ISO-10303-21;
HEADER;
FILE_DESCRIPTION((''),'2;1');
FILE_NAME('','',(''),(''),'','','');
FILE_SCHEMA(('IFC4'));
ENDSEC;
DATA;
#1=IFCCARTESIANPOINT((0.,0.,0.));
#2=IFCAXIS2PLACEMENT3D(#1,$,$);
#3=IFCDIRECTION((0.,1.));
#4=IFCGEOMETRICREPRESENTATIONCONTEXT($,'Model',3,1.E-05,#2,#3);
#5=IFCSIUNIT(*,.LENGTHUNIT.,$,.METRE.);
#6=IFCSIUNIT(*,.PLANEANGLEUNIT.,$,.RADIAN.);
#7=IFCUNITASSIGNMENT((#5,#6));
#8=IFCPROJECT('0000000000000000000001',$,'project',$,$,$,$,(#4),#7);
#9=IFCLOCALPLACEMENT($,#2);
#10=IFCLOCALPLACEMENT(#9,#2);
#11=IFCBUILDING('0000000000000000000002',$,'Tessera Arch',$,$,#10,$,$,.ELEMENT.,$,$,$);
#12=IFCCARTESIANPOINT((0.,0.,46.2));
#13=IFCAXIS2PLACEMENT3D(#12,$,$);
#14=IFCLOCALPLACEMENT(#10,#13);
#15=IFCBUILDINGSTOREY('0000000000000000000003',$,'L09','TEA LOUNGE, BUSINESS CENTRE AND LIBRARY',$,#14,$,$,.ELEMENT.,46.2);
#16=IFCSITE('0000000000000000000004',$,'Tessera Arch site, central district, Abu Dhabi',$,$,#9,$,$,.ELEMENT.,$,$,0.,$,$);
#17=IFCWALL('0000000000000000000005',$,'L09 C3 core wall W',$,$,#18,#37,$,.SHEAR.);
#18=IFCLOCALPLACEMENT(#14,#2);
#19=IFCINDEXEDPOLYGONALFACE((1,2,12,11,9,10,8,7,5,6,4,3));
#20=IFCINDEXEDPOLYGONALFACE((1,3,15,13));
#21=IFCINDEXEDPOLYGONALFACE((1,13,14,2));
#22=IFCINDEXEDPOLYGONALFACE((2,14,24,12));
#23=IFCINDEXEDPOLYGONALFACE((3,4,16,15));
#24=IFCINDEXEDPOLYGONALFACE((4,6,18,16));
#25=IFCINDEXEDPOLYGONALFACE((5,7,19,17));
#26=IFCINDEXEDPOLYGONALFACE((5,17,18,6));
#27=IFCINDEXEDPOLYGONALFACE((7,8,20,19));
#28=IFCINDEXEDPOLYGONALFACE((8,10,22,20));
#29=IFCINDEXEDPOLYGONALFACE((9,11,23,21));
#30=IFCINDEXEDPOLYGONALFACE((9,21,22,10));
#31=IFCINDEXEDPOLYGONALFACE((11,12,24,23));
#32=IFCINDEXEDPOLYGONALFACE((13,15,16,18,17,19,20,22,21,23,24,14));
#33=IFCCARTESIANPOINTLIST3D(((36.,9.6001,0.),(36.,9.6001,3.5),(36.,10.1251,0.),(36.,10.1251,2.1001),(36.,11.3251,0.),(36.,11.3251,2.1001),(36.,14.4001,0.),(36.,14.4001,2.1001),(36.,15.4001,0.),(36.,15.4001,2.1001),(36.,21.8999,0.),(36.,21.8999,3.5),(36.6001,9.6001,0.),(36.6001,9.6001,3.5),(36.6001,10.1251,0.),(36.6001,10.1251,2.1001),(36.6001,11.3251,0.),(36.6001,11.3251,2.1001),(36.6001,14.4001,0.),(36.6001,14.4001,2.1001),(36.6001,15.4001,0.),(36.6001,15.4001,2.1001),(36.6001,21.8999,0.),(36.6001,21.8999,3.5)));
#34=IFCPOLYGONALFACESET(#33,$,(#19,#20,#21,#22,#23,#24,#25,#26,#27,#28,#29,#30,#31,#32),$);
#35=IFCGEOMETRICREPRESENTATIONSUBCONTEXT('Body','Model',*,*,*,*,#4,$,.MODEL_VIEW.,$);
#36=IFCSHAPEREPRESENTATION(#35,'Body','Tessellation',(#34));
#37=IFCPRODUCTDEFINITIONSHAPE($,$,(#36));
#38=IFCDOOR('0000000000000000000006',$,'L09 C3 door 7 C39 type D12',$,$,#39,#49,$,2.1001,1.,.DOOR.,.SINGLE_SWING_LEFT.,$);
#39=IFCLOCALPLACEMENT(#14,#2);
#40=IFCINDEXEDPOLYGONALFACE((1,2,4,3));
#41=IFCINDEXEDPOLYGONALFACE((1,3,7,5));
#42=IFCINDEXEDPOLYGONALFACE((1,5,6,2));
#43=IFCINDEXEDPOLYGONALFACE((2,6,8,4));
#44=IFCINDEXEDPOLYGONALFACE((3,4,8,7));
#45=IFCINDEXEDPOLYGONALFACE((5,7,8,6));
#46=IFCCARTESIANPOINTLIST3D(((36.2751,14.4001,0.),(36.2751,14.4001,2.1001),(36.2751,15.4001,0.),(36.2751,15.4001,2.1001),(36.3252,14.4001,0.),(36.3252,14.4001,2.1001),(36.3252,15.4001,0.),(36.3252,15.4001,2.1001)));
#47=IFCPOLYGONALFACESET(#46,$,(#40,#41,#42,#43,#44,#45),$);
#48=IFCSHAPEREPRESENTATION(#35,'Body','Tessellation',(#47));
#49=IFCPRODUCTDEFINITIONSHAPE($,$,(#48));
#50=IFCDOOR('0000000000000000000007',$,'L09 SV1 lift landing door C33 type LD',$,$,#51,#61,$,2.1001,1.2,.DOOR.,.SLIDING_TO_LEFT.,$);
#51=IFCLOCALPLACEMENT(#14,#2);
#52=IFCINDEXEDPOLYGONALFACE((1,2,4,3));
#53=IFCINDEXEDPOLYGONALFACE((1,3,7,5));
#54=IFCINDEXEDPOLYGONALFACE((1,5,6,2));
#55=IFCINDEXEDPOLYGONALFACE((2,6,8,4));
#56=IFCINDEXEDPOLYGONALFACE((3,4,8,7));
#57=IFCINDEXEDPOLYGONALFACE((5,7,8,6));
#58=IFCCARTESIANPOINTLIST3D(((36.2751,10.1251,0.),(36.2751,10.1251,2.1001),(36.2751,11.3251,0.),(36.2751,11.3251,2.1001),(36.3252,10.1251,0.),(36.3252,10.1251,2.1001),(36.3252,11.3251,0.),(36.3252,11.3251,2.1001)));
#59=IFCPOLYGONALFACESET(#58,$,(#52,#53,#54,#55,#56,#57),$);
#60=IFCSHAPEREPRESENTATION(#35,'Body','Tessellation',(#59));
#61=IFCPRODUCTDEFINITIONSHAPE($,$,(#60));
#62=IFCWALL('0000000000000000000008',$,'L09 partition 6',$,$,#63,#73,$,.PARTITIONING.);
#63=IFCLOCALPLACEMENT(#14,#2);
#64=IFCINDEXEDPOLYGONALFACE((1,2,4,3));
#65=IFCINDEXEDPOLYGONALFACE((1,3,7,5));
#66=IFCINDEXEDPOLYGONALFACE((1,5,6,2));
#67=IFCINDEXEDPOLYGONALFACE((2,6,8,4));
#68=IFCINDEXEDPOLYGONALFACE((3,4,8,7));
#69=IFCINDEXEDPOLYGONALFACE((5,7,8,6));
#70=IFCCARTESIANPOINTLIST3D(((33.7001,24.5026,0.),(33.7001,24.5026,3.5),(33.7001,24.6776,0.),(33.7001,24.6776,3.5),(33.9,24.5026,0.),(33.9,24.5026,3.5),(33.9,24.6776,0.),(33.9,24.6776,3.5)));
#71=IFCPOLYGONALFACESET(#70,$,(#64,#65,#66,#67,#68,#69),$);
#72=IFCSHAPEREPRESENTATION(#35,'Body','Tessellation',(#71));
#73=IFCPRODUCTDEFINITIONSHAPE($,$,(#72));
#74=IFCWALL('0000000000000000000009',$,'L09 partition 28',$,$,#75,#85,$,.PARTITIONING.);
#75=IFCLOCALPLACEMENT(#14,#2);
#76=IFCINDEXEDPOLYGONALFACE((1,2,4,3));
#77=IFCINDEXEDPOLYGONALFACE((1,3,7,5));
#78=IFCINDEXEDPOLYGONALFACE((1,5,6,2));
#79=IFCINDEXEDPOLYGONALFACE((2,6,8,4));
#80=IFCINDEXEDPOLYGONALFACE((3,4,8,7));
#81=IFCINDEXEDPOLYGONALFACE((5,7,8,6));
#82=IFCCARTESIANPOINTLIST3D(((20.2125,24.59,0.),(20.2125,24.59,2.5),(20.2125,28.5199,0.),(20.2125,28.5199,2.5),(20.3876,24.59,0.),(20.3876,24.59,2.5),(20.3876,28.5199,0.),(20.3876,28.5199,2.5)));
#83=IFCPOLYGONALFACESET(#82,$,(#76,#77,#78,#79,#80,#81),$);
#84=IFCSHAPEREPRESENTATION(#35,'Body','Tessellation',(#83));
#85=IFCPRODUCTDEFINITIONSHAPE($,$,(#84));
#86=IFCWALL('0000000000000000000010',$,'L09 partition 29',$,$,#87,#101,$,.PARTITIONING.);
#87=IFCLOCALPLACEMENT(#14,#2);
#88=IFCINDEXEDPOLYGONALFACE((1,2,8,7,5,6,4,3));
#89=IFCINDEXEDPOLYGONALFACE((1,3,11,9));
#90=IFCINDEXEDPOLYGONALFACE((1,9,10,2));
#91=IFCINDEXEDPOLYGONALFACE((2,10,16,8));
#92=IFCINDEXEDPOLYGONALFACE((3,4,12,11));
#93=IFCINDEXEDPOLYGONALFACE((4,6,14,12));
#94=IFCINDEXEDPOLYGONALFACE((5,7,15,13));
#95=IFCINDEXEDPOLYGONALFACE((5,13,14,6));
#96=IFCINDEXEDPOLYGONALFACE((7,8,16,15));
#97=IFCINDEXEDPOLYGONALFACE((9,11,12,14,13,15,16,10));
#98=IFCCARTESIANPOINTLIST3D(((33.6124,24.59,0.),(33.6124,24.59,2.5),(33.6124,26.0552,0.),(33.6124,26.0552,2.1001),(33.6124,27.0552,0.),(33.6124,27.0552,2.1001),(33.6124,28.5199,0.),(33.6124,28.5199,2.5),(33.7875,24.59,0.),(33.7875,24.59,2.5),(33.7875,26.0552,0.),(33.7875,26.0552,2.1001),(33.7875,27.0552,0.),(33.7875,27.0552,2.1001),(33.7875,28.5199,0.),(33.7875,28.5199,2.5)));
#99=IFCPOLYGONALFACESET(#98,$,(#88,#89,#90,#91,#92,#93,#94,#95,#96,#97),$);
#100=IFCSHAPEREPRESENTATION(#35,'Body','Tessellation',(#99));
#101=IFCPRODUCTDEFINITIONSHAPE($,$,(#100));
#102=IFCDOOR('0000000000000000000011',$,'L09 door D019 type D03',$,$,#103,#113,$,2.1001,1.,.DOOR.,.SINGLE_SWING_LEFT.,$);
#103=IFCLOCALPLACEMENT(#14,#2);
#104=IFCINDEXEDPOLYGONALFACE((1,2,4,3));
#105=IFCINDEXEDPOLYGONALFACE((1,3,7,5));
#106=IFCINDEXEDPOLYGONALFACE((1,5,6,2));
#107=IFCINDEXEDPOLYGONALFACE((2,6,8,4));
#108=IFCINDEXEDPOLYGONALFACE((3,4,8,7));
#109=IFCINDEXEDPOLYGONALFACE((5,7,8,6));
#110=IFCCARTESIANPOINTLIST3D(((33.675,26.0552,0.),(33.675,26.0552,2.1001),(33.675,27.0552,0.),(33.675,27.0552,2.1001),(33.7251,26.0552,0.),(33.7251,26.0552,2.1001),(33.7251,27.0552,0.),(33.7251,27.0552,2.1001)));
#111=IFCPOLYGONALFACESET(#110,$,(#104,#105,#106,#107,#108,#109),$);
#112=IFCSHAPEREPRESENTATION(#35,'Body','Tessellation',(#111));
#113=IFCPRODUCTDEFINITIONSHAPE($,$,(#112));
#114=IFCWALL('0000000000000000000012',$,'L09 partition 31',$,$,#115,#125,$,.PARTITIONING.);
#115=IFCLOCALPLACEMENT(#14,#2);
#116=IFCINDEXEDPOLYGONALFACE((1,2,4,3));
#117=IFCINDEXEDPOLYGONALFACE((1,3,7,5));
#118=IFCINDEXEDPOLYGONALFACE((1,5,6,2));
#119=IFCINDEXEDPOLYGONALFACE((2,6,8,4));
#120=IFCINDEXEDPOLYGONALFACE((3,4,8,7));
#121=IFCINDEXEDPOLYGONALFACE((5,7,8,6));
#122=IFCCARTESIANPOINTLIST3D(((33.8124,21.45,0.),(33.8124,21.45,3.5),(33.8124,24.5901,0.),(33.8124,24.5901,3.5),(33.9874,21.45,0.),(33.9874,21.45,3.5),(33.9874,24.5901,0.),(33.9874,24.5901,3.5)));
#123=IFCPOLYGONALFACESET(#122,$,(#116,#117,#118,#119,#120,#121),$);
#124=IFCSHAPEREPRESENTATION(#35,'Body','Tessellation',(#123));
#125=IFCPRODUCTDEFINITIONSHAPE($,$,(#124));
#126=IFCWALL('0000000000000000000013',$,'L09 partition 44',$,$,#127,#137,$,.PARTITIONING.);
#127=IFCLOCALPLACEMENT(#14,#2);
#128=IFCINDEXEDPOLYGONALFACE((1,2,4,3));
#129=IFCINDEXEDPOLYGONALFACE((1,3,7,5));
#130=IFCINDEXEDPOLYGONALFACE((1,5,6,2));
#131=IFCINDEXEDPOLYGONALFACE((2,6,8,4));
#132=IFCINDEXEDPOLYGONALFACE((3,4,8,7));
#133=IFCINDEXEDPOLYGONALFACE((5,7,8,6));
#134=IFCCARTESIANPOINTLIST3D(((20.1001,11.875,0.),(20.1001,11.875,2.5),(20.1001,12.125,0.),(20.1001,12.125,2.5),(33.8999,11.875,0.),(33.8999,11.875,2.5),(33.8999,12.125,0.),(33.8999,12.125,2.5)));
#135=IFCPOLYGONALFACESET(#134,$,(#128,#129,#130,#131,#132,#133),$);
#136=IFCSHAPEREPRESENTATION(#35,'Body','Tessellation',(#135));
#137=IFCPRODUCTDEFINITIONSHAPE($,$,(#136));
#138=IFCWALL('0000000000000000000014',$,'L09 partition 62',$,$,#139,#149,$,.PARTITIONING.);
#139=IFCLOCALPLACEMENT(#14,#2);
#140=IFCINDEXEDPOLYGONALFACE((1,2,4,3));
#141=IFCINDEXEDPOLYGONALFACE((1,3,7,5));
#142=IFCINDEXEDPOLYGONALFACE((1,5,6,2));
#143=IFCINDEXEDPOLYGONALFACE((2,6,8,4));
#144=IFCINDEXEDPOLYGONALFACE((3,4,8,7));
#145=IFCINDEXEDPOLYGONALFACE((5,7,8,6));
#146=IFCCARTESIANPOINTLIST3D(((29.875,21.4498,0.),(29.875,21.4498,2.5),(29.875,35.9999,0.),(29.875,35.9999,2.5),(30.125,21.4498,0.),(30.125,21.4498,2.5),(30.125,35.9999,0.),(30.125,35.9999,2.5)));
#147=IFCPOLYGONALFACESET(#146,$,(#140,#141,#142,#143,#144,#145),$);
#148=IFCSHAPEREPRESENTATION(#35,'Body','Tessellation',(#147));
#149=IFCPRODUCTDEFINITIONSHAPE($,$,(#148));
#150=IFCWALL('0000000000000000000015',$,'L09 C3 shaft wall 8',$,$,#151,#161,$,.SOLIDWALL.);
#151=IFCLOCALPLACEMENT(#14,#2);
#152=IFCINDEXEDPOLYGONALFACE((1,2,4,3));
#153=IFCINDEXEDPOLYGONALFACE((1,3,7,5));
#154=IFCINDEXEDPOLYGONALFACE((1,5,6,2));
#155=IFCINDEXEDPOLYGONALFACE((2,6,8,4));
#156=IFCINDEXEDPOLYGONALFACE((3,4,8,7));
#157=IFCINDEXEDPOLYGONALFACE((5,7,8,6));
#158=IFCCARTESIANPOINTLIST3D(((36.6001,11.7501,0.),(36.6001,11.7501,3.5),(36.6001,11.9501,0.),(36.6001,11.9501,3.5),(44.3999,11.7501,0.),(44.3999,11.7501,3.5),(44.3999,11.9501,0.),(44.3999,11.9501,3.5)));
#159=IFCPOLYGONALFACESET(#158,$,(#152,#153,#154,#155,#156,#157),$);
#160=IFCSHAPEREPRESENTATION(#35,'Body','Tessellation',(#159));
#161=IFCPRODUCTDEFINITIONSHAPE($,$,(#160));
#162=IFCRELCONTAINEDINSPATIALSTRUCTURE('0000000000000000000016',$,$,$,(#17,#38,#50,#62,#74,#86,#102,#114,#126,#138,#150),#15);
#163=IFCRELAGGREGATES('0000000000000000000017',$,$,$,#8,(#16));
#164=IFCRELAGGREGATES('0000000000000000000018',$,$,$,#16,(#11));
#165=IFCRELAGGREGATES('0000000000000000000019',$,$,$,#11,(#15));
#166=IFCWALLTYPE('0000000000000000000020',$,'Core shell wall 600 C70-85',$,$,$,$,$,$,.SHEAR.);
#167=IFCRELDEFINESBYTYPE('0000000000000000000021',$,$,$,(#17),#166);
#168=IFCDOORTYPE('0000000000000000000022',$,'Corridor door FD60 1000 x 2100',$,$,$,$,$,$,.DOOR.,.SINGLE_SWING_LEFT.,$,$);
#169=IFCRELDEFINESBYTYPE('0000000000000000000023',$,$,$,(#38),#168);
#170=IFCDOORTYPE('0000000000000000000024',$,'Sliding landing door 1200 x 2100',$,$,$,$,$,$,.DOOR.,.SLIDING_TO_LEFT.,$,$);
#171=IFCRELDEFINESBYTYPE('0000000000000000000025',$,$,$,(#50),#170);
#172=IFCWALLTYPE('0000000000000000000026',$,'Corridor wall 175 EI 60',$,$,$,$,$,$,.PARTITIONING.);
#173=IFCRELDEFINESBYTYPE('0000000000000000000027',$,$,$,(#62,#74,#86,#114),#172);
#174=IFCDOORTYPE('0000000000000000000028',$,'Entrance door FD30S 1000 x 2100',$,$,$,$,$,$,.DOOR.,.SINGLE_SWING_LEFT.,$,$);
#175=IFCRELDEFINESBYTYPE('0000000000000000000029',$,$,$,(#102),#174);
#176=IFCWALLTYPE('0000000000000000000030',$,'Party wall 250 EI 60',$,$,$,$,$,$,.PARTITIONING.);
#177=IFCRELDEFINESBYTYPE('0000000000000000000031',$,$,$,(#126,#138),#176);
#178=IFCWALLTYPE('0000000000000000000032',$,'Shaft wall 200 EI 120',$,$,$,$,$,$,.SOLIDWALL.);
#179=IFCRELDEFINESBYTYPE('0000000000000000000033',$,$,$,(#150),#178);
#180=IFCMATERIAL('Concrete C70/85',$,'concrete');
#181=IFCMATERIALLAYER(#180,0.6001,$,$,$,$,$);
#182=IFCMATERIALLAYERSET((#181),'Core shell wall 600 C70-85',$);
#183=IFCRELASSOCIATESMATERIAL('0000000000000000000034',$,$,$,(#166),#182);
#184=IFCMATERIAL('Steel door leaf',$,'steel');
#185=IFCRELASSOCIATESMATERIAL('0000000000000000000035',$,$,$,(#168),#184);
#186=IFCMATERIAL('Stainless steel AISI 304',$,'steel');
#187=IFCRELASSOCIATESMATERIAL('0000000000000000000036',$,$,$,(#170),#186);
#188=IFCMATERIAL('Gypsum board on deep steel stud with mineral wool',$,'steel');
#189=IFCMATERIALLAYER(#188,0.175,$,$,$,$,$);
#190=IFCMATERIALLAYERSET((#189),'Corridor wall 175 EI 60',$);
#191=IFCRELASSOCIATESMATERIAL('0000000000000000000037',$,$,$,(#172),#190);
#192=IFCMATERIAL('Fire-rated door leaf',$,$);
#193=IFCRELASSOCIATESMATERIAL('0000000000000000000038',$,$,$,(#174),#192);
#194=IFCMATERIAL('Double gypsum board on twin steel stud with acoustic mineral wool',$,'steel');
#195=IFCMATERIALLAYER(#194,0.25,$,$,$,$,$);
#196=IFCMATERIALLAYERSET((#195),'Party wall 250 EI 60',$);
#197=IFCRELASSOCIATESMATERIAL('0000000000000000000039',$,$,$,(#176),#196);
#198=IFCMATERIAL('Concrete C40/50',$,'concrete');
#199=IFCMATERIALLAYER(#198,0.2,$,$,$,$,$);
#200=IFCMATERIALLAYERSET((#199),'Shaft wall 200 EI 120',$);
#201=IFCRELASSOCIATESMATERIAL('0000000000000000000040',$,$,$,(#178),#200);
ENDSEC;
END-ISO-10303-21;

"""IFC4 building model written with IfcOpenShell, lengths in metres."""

from ifc_helpers import new_model, si_unit, direction, frame, frame_2d, origin, place, context, subcontext, project, spatial, rectangle, extrude, material, layer, layer_set, type_object, element, fill, save


model = new_model("IFC4")

# Units and contexts
model_context = context("Model", 3, precision=1e-05, world=origin(), true_north=direction((0.0, 1.0)))
body_context = subcontext(model_context, "Body", "Model", "MODEL_VIEW")
ifc_project = project(units=[si_unit("LENGTHUNIT", "METRE"), si_unit("PLANEANGLEUNIT", "RADIAN")], contexts=[model_context])

# Site, building, storey
site_placement = place(None, origin())
site = spatial("IfcSite", under=ifc_project, at=site_placement, Name="Tessera Arch site, central district, Abu Dhabi", CompositionType="ELEMENT", RefElevation=0.0)
building_placement = place(site_placement, origin())
building = spatial("IfcBuilding", under=site, at=building_placement, Name="Tessera Arch", CompositionType="ELEMENT")
storey_placement = place(building_placement, frame((0.0, 0.0, 46.2)))
storey = spatial("IfcBuildingStorey", under=building, at=storey_placement, Name="L09", Description="TEA LOUNGE, BUSINESS CENTRE AND LIBRARY", CompositionType="ELEMENT", Elevation=46.2)

# Shared definitions
ifc_material_1 = material(Name="Concrete C70/85", Category="concrete")
ifc_layer_1 = layer(ifc_material_1, 0.6001)
ifc_layer_set_1 = layer_set([ifc_layer_1], Name="Core shell wall 600 C70-85")
wall_type_1 = type_object("IfcWallType", Name="Core shell wall 600 C70-85", PredefinedType="SHEAR", material=ifc_layer_set_1)

# Wall, openings, doors
wall_1_placement = place(storey_placement, frame((36.3, 9.6001, 0.0), z_axis=(0.0, 0.0, 1.0), x_axis=(0.0, 1.0, 0.0)))
wall_1 = element("IfcWall", 1, at=wall_1_placement, inside=storey, type_object=wall_type_1, Name="L09 C3 core wall W", PredefinedType="SHEAR", context=body_context, shape_type="SweptSolid", body=[
    extrude(rectangle(XDim=12.2998, YDim=0.6001, at=frame_2d((6.1499, 0.0))), origin(), (0.0, 0.0, 1.0), 3.5),
])
opening_1_placement = place(wall_1_placement, frame((0.5249, 0.0, 0.0)))
opening_1 = element("IfcOpeningElement", 2, at=opening_1_placement, cuts=wall_1, PredefinedType="OPENING", context=body_context, shape_type="SweptSolid", body=[
    extrude(rectangle(XDim=1.2, YDim=2.1001, at=frame_2d((0.6001, 1.05))), frame((0.0, 0.3101, 0.0), z_axis=(0.0, -1.0, 0.0), x_axis=(1.0, 0.0, 0.0)), (0.0, 0.0, 1.0), 0.6201),
])
opening_2_placement = place(wall_1_placement, frame((4.8, 0.0, 0.0)))
opening_2 = element("IfcOpeningElement", 3, at=opening_2_placement, cuts=wall_1, PredefinedType="OPENING", context=body_context, shape_type="SweptSolid", body=[
    extrude(rectangle(XDim=1.0, YDim=2.1001, at=frame_2d((0.5, 1.05))), frame((0.0, 0.3101, 0.0), z_axis=(0.0, -1.0, 0.0), x_axis=(1.0, 0.0, 0.0)), (0.0, 0.0, 1.0), 0.6201),
])
ifc_material_2 = material(Name="Steel door leaf", Category="steel")
door_type_1 = type_object("IfcDoorType", Name="Corridor door FD60 1000 x 2100", OperationType="SINGLE_SWING_LEFT", PredefinedType="DOOR", material=ifc_material_2)
door_1_placement = place(opening_2_placement, origin())
door_1 = element("IfcDoor", 4, at=door_1_placement, inside=storey, type_object=door_type_1, Name="L09 C3 door 7 C39 type D12", OperationType="SINGLE_SWING_LEFT", OverallHeight=2.1001, OverallWidth=1.0, PredefinedType="DOOR", context=body_context, shape_type="SweptSolid", body=[
    extrude(rectangle(XDim=1.0, YDim=2.1001, at=frame_2d((0.5, 1.05))), frame((0.0, 0.0249, 0.0), z_axis=(0.0, -1.0, 0.0), x_axis=(1.0, 0.0, 0.0)), (0.0, 0.0, 1.0), 0.05),
])
fill(opening_2, door_1)
ifc_material_3 = material(Name="Stainless steel AISI 304", Category="steel")
door_type_2 = type_object("IfcDoorType", Name="Sliding landing door 1200 x 2100", OperationType="SLIDING_TO_LEFT", PredefinedType="DOOR", material=ifc_material_3)
door_2_placement = place(opening_1_placement, origin())
door_2 = element("IfcDoor", 5, at=door_2_placement, inside=storey, type_object=door_type_2, Name="L09 SV1 lift landing door C33 type LD", OperationType="SLIDING_TO_LEFT", OverallHeight=2.1001, OverallWidth=1.2, PredefinedType="DOOR", context=body_context, shape_type="SweptSolid", body=[
    extrude(rectangle(XDim=1.2, YDim=2.1001, at=frame_2d((0.6001, 1.05))), frame((0.0, 0.0249, 0.0), z_axis=(0.0, -1.0, 0.0), x_axis=(1.0, 0.0, 0.0)), (0.0, 0.0, 1.0), 0.05),
])
fill(opening_1, door_2)

# Walls
ifc_material_4 = material(Name="Gypsum board on deep steel stud with mineral wool", Category="steel")
ifc_layer_2 = layer(ifc_material_4, 0.175)
ifc_layer_set_2 = layer_set([ifc_layer_2], Name="Corridor wall 175 EI 60")
wall_type_2 = type_object("IfcWallType", Name="Corridor wall 175 EI 60", PredefinedType="PARTITIONING", material=ifc_layer_set_2)
wall_2_placement = place(storey_placement, frame((33.7, 24.5901, 0.0), z_axis=(0.0, 0.0, 1.0), x_axis=(1.0, 0.0, 0.0)))
element("IfcWall", 6, at=wall_2_placement, inside=storey, type_object=wall_type_2, Name="L09 partition 6", PredefinedType="PARTITIONING", context=body_context, shape_type="SweptSolid", body=[
    extrude(rectangle(XDim=0.2, YDim=0.175, at=frame_2d((0.1001, 0.0))), origin(), (0.0, 0.0, 1.0), 3.5),
])
wall_3_placement = place(storey_placement, frame((20.3, 24.5901, 0.0), z_axis=(0.0, 0.0, 1.0), x_axis=(0.0, 1.0, 0.0)))
element("IfcWall", 7, at=wall_3_placement, inside=storey, type_object=wall_type_2, Name="L09 partition 28", PredefinedType="PARTITIONING", context=body_context, shape_type="SweptSolid", body=[
    extrude(rectangle(XDim=3.9299, YDim=0.175, at=frame_2d((1.9648, 0.0))), origin(), (0.0, 0.0, 1.0), 2.5),
])

# Wall, opening, door
wall_4_placement = place(storey_placement, frame((33.7, 24.5901, 0.0), z_axis=(0.0, 0.0, 1.0), x_axis=(0.0, 1.0, 0.0)))
wall_4 = element("IfcWall", 8, at=wall_4_placement, inside=storey, type_object=wall_type_2, Name="L09 partition 29", PredefinedType="PARTITIONING", context=body_context, shape_type="SweptSolid", body=[
    extrude(rectangle(XDim=3.9299, YDim=0.175, at=frame_2d((1.9648, 0.0))), origin(), (0.0, 0.0, 1.0), 2.5),
])
opening_3_placement = place(wall_4_placement, frame((1.4651, 0.0, 0.0)))
opening_3 = element("IfcOpeningElement", 9, at=opening_3_placement, cuts=wall_4, PredefinedType="OPENING", context=body_context, shape_type="SweptSolid", body=[
    extrude(rectangle(XDim=1.0, YDim=2.1001, at=frame_2d((0.5, 1.05))), frame((0.0, 0.0974, 0.0), z_axis=(0.0, -1.0, 0.0), x_axis=(1.0, 0.0, 0.0)), (0.0, 0.0, 1.0), 0.1951),
])
ifc_material_5 = material(Name="Fire-rated door leaf")
door_type_3 = type_object("IfcDoorType", Name="Entrance door FD30S 1000 x 2100", OperationType="SINGLE_SWING_LEFT", PredefinedType="DOOR", material=ifc_material_5)
door_3_placement = place(opening_3_placement, origin())
door_3 = element("IfcDoor", 10, at=door_3_placement, inside=storey, type_object=door_type_3, Name="L09 door D019 type D03", OperationType="SINGLE_SWING_LEFT", OverallHeight=2.1001, OverallWidth=1.0, PredefinedType="DOOR", context=body_context, shape_type="SweptSolid", body=[
    extrude(rectangle(XDim=1.0, YDim=2.1001, at=frame_2d((0.5, 1.05))), frame((0.0, 0.0249, 0.0), z_axis=(0.0, -1.0, 0.0), x_axis=(1.0, 0.0, 0.0)), (0.0, 0.0, 1.0), 0.05),
])
fill(opening_3, door_3)

# Walls
wall_5_placement = place(storey_placement, frame((33.8999, 21.45, 0.0), z_axis=(0.0, 0.0, 1.0), x_axis=(0.0, 1.0, 0.0)))
element("IfcWall", 11, at=wall_5_placement, inside=storey, type_object=wall_type_2, Name="L09 partition 31", PredefinedType="PARTITIONING", context=body_context, shape_type="SweptSolid", body=[
    extrude(rectangle(XDim=3.1401, YDim=0.175, at=frame_2d((1.5701, 0.0))), origin(), (0.0, 0.0, 1.0), 3.5),
])
ifc_material_6 = material(Name="Double gypsum board on twin steel stud with acoustic mineral wool", Category="steel")
ifc_layer_3 = layer(ifc_material_6, 0.25)
ifc_layer_set_3 = layer_set([ifc_layer_3], Name="Party wall 250 EI 60")
wall_type_3 = type_object("IfcWallType", Name="Party wall 250 EI 60", PredefinedType="PARTITIONING", material=ifc_layer_set_3)
wall_6_placement = place(storey_placement, frame((20.1001, 12.0, 0.0), z_axis=(0.0, 0.0, 1.0), x_axis=(1.0, 0.0, 0.0)))
element("IfcWall", 12, at=wall_6_placement, inside=storey, type_object=wall_type_3, Name="L09 partition 44", PredefinedType="PARTITIONING", context=body_context, shape_type="SweptSolid", body=[
    extrude(rectangle(XDim=13.7998, YDim=0.25, at=frame_2d((6.8999, 0.0))), origin(), (0.0, 0.0, 1.0), 2.5),
])
wall_7_placement = place(storey_placement, frame((30.0, 21.45, 0.0), z_axis=(0.0, 0.0, 1.0), x_axis=(0.0, 1.0, 0.0)))
element("IfcWall", 13, at=wall_7_placement, inside=storey, type_object=wall_type_3, Name="L09 partition 62", PredefinedType="PARTITIONING", context=body_context, shape_type="SweptSolid", body=[
    extrude(rectangle(XDim=14.55, YDim=0.25, at=frame_2d((7.2749, 0.0))), origin(), (0.0, 0.0, 1.0), 2.5),
])
ifc_material_7 = material(Name="Concrete C40/50", Category="concrete")
ifc_layer_4 = layer(ifc_material_7, 0.2)
ifc_layer_set_4 = layer_set([ifc_layer_4], Name="Shaft wall 200 EI 120")
wall_type_4 = type_object("IfcWallType", Name="Shaft wall 200 EI 120", PredefinedType="SOLIDWALL", material=ifc_layer_set_4)
wall_8_placement = place(storey_placement, frame((36.6001, 11.8501, 0.0), z_axis=(0.0, 0.0, 1.0), x_axis=(1.0, 0.0, 0.0)))
element("IfcWall", 14, at=wall_8_placement, inside=storey, type_object=wall_type_4, Name="L09 C3 shaft wall 8", PredefinedType="SOLIDWALL", context=body_context, shape_type="SweptSolid", body=[
    extrude(rectangle(XDim=7.7998, YDim=0.2, at=frame_2d((3.8999, 0.0))), origin(), (0.0, 0.0, 1.0), 3.5),
])

save(model, "model.ifc")
